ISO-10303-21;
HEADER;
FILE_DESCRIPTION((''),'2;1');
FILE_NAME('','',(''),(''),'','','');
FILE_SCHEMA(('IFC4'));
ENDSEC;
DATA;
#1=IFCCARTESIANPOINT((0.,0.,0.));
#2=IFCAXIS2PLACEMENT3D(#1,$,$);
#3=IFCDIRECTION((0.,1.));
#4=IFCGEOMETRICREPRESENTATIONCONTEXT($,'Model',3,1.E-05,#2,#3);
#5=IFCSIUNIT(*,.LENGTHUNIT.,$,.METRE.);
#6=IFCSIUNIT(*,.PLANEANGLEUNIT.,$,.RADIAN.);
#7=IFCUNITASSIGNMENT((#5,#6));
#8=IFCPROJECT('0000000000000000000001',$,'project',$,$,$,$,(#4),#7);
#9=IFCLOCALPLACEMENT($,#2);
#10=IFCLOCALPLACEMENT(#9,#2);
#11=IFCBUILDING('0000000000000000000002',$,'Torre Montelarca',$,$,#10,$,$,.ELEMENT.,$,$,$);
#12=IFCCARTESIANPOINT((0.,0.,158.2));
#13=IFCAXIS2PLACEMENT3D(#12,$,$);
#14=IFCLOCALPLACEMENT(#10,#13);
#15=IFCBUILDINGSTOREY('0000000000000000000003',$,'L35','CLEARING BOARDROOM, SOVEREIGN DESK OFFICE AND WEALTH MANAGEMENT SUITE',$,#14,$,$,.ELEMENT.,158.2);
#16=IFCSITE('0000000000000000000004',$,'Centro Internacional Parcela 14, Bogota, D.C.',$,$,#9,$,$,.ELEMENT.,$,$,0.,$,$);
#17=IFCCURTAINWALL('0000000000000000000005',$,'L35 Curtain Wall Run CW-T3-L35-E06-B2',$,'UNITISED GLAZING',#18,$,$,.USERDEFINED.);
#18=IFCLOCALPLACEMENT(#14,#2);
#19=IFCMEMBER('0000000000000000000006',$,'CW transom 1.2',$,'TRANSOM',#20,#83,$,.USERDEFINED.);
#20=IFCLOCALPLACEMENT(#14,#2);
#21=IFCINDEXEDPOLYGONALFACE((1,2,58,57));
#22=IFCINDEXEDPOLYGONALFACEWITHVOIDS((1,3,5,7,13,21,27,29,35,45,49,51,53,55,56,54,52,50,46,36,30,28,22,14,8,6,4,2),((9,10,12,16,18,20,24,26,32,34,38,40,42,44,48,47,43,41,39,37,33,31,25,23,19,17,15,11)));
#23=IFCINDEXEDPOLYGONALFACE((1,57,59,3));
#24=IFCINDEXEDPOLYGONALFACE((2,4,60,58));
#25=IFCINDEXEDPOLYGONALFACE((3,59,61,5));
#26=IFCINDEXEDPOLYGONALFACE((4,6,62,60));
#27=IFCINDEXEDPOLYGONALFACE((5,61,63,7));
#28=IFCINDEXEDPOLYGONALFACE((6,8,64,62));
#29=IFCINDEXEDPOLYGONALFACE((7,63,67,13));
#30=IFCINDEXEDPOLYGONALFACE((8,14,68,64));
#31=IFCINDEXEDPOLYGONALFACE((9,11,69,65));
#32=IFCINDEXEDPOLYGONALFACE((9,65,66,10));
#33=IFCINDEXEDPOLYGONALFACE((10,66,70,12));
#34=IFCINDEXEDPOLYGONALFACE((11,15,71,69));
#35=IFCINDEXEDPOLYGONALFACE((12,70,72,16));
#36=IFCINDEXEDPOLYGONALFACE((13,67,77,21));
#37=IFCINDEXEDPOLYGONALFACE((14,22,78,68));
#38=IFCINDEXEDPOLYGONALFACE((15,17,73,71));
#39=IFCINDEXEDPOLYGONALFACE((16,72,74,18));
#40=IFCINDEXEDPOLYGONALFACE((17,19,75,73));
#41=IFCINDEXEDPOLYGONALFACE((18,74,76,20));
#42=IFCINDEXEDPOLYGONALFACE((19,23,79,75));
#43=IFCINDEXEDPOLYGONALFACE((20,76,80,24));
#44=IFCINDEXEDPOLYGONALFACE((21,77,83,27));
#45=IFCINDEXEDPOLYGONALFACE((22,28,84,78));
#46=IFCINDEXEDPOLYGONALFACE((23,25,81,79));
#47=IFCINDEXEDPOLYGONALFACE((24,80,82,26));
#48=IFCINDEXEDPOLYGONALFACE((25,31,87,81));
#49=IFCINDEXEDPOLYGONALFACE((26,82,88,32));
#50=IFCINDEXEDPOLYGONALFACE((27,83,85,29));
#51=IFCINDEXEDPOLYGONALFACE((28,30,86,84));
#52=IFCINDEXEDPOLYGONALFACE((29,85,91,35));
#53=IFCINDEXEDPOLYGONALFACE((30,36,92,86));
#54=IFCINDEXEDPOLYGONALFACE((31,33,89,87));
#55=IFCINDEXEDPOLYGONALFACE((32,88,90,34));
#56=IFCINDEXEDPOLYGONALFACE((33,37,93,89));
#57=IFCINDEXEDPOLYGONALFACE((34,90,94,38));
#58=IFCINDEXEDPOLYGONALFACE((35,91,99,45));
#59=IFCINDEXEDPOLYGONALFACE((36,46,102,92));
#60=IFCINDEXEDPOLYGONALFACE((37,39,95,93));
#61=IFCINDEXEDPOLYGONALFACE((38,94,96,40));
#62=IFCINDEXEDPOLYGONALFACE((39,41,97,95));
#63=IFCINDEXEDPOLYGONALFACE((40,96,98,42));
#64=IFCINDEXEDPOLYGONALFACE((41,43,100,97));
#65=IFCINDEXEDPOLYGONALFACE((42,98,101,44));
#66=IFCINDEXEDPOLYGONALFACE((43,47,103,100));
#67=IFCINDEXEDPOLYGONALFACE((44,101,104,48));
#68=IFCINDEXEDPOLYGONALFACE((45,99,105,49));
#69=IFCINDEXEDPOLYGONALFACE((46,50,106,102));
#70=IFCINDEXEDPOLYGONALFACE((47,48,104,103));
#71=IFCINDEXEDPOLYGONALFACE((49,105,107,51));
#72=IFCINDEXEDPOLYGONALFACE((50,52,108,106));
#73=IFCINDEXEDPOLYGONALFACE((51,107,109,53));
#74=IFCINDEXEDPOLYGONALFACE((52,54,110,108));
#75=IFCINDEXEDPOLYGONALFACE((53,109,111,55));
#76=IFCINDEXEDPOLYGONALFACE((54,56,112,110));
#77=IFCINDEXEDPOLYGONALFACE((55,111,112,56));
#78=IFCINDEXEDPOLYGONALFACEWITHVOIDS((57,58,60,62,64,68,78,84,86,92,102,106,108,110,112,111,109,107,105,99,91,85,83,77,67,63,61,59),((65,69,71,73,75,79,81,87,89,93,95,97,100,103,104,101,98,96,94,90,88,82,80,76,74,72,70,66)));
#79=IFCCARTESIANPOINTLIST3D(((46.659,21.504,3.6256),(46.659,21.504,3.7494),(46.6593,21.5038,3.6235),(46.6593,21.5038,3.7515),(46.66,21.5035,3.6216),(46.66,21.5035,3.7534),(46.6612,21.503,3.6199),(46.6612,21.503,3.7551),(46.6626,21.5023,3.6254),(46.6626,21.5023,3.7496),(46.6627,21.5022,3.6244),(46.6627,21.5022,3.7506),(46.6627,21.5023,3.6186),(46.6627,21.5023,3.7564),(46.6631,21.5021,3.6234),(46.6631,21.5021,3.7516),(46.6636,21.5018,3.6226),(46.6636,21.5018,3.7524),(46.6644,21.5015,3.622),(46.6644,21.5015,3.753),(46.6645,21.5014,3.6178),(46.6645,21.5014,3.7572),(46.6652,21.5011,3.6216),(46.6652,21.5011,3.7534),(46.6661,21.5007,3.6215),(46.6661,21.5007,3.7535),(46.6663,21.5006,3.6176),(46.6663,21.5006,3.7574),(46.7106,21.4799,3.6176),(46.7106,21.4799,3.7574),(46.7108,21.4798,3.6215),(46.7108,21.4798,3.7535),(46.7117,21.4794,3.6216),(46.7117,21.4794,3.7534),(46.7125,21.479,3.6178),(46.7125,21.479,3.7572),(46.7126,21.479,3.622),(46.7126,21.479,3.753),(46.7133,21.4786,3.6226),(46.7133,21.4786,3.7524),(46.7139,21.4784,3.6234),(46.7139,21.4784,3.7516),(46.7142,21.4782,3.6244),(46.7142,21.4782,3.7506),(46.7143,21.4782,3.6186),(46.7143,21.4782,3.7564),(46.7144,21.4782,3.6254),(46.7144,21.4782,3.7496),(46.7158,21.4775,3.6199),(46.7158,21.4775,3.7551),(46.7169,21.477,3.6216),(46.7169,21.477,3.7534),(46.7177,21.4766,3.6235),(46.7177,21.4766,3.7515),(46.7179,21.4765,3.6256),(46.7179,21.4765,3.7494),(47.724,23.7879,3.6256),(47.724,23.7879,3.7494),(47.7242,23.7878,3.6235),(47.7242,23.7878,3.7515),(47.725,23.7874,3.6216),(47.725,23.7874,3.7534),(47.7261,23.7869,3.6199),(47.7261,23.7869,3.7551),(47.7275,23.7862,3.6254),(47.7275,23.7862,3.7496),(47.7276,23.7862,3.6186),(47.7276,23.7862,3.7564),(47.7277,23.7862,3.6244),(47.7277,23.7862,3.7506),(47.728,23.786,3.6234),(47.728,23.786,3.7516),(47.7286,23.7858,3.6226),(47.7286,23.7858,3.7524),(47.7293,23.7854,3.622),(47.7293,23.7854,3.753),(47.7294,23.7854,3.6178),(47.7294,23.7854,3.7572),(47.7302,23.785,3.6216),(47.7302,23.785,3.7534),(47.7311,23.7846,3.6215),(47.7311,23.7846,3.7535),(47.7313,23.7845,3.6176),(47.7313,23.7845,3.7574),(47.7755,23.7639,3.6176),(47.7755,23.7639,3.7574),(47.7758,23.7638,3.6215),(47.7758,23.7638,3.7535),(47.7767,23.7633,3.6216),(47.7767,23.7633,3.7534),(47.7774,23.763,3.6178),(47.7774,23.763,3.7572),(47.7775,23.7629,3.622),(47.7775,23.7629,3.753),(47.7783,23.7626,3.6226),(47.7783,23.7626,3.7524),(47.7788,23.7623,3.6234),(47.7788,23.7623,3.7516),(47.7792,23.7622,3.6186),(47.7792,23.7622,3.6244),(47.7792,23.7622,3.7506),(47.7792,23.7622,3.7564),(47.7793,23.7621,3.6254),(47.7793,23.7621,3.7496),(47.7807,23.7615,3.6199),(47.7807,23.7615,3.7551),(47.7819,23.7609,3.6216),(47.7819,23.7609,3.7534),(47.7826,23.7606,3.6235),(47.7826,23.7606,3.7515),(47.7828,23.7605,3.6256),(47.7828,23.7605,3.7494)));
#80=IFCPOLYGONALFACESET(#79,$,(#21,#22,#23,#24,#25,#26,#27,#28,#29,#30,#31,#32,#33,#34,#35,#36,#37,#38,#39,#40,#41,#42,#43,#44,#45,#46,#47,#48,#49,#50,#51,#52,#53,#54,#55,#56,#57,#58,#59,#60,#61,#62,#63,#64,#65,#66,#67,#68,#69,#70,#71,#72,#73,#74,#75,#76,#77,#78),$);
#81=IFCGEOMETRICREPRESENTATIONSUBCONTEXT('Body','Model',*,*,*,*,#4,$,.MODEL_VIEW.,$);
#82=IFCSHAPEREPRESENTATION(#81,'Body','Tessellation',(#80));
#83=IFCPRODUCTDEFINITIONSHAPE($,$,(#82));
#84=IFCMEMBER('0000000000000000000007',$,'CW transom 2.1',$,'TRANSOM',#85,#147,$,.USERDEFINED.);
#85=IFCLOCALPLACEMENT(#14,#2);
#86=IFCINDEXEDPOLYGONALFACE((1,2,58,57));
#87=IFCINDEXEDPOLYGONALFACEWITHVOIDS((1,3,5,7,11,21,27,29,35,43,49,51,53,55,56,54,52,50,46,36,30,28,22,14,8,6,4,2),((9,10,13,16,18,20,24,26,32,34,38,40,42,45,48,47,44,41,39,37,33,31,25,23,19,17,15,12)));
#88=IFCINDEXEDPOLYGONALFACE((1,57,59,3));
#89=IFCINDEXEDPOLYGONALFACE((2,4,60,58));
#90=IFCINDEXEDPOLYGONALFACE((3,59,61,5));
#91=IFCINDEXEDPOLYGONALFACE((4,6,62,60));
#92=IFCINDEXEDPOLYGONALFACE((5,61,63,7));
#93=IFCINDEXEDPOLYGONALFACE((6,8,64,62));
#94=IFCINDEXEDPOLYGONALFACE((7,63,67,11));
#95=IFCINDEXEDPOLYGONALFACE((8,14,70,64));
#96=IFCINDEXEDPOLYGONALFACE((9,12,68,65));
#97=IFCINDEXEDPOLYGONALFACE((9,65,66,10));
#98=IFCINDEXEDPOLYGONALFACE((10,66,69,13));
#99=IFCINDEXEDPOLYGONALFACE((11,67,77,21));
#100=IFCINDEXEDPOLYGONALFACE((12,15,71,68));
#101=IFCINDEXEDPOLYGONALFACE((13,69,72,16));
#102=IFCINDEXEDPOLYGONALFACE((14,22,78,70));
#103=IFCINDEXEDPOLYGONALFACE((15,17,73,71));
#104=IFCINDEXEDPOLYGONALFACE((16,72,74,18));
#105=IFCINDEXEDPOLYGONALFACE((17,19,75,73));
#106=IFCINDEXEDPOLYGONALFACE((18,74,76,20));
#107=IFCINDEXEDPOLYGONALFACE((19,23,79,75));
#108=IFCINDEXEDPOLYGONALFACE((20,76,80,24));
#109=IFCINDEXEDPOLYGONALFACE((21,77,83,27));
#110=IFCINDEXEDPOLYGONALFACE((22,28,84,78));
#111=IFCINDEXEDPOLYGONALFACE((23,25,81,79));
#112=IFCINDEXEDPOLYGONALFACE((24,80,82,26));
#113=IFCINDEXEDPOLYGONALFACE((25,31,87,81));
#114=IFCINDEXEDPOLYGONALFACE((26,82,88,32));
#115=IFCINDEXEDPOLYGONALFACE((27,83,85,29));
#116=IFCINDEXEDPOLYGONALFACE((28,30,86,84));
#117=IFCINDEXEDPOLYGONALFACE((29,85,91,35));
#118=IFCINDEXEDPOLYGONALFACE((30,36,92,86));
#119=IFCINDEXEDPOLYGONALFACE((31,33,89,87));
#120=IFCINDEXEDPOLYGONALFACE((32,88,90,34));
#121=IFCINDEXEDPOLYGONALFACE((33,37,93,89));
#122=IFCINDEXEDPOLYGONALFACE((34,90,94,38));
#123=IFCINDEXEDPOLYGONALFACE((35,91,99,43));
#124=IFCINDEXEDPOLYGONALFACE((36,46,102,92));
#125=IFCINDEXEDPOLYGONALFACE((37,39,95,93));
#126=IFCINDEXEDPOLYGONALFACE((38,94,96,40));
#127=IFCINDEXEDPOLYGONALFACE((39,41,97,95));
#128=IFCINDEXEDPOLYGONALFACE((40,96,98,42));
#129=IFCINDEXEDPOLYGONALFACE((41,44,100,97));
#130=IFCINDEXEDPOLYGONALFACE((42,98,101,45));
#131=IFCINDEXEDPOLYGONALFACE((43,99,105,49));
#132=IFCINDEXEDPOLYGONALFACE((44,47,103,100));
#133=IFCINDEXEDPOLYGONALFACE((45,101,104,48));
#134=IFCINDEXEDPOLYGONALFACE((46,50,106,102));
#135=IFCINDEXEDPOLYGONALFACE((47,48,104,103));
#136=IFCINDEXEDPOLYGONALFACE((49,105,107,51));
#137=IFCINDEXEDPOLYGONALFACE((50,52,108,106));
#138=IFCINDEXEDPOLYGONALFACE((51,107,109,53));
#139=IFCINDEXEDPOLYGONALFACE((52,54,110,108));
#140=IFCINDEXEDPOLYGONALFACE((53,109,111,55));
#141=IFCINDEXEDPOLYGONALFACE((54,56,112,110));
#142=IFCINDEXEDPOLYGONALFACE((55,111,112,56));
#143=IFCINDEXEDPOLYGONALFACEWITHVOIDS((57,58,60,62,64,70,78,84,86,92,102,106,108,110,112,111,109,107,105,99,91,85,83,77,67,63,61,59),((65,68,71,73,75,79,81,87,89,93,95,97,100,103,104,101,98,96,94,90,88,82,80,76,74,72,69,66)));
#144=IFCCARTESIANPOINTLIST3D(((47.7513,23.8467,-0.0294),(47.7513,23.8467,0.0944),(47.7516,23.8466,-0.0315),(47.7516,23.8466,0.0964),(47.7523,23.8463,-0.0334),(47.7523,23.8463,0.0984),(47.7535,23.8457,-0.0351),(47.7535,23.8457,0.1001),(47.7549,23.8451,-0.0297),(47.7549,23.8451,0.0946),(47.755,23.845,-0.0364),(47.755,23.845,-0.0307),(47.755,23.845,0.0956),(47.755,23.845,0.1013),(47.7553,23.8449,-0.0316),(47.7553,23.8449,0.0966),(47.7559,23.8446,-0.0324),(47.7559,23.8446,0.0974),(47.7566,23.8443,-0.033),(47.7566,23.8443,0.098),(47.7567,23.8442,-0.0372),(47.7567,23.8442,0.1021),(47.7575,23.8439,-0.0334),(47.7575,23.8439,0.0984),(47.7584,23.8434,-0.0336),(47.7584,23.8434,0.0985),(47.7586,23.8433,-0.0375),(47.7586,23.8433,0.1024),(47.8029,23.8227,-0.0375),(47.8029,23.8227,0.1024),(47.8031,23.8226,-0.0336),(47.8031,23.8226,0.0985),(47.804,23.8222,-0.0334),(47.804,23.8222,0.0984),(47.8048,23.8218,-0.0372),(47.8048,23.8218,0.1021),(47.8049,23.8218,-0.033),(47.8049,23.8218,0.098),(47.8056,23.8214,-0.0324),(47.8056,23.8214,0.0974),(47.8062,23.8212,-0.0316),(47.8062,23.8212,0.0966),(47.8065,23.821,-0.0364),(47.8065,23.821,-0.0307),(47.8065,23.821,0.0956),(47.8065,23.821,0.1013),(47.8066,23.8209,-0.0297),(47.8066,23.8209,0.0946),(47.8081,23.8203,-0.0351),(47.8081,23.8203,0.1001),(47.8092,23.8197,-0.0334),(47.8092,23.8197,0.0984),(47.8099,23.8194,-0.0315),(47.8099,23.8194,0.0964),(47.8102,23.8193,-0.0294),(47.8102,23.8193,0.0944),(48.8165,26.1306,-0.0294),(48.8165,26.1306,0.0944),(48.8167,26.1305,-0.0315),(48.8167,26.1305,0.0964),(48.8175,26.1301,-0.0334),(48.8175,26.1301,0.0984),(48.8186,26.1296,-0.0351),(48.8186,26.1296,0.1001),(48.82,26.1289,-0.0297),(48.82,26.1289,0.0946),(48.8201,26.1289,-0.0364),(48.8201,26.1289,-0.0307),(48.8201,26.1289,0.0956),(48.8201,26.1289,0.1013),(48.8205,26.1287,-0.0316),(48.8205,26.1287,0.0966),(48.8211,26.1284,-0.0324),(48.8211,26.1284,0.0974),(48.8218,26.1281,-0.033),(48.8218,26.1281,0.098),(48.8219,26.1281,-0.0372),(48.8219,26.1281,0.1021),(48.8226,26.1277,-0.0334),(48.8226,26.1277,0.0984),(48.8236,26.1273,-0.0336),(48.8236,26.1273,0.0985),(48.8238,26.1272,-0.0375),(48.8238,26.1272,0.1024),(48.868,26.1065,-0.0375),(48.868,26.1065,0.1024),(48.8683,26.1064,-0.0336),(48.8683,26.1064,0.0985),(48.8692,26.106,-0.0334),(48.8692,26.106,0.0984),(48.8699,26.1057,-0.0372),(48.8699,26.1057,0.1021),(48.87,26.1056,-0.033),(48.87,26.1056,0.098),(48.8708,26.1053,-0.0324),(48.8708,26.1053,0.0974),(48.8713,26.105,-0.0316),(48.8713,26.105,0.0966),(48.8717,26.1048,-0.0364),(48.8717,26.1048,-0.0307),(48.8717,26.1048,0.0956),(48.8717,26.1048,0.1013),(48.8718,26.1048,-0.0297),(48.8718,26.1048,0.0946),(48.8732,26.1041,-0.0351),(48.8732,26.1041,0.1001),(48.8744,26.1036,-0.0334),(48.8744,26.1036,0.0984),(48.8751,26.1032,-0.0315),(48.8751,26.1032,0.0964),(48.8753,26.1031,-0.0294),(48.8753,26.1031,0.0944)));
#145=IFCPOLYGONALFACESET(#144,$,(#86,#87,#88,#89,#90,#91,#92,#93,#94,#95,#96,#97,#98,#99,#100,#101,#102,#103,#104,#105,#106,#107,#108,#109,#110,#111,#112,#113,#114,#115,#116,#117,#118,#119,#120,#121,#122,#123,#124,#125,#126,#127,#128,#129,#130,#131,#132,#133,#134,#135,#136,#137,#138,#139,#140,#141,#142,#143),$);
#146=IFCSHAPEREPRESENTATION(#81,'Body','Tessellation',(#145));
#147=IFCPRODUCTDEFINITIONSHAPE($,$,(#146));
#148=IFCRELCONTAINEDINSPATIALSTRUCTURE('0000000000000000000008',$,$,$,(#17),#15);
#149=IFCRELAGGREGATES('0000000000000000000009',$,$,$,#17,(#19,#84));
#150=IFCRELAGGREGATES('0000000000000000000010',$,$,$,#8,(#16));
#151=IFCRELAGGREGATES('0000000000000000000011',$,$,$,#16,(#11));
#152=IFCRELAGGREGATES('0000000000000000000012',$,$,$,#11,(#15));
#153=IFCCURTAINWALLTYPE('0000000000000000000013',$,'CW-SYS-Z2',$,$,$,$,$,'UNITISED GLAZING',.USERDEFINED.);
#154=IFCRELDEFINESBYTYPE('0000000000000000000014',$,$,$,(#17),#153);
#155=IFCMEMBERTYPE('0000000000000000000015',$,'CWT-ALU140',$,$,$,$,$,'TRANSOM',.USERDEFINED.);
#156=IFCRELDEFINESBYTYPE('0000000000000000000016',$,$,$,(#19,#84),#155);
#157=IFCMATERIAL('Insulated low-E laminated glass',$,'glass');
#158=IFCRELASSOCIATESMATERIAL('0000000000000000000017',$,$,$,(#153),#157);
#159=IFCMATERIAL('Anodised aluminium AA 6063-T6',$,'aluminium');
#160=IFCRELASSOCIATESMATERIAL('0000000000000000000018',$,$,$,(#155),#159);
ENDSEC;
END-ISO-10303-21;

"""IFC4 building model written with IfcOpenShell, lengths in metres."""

from ifc_helpers import new_model, si_unit, direction, frame, origin, origin_2d, place, context, subcontext, project, spatial, hollow_rectangle, extrude, source, transform, mapped, material, material_profile, profile_set, type_object, element, aggregate, save


model = new_model("IFC4")

# Units and contexts
model_context = context("Model", 3, precision=1e-05, world=origin(), true_north=direction((0.0, 1.0)))
body_context = subcontext(model_context, "Body", "Model", "MODEL_VIEW")
ifc_project = project(units=[si_unit("LENGTHUNIT", "METRE"), si_unit("PLANEANGLEUNIT", "RADIAN")], contexts=[model_context])

# Site, building, storey
site_placement = place(None, origin())
site = spatial("IfcSite", under=ifc_project, at=site_placement, Name="Centro Internacional Parcela 14, Bogota, D.C.", CompositionType="ELEMENT", RefElevation=0.0)
building_placement = place(site_placement, origin())
building = spatial("IfcBuilding", under=site, at=building_placement, Name="Torre Montelarca", CompositionType="ELEMENT")
storey_placement = place(building_placement, frame((0.0, 0.0, 158.2)))
storey = spatial("IfcBuildingStorey", under=building, at=storey_placement, Name="L35", Description="CLEARING BOARDROOM, SOVEREIGN DESK OFFICE AND WEALTH MANAGEMENT SUITE", CompositionType="ELEMENT", Elevation=158.2)

# Curtain wall
ifc_material_1 = material(Name="Insulated low-E laminated glass", Category="glass")
curtain_wall_type = type_object("IfcCurtainWallType", Name="CW-SYS-Z2", ElementType="UNITISED GLAZING", PredefinedType="USERDEFINED", material=ifc_material_1)
ifc_material_2 = material(Name="Anodised aluminium AA 6063-T6", Category="aluminium")
ifc_material_profile_1 = material_profile(ifc_material_2, hollow_rectangle(XDim=0.0649, YDim=0.1399, WallThickness=0.0039, InnerFilletRadius=0.0039, OuterFilletRadius=0.0081, at=origin_2d()), Name="ALU65X140X4", Category="aluminium")
ifc_profile_set_1 = profile_set([ifc_material_profile_1], Name="Anodised aluminium AA 6063-T6")
member_type_1 = type_object("IfcMemberType", Name="CWT-ALU140", ElementType="TRANSOM", PredefinedType="USERDEFINED", material=ifc_profile_set_1)
curtain_wall_1_placement = place(storey_placement, origin())
curtain_wall_1 = element("IfcCurtainWall", 1, at=curtain_wall_1_placement, inside=storey, type_object=curtain_wall_type, Name="L35 Curtain Wall Run CW-T3-L35-E06-B2", ObjectType="UNITISED GLAZING", PredefinedType="USERDEFINED")

# Members
shared_shape_1 = source(origin(), body_context, "Body", "SweptSolid", [
    extrude(hollow_rectangle(XDim=0.0649, YDim=0.1399, WallThickness=0.0039, InnerFilletRadius=0.0039, OuterFilletRadius=0.0081, at=origin_2d()), origin(), (0.0, 0.0, 1.0), 2.52),
])
member_1_placement = place(storey_placement, frame((46.6885, 21.4902, 3.6875), z_axis=(0.422594, 0.906319, 0.0), x_axis=(-0.906319, 0.422594, 0.0)))
member_1 = element("IfcMember", 2, at=member_1_placement, type_object=member_type_1, Name="CW transom 1.2", ObjectType="TRANSOM", PredefinedType="USERDEFINED", context=body_context, shape_type="MappedRepresentation", body=[
    mapped(shared_shape_1, transform((0.0, 0.0, 0.0), scale=1.0)),
])
member_2_placement = place(storey_placement, frame((47.7808, 23.833, 0.0325), z_axis=(0.422673, 0.906282, 0.0), x_axis=(-0.906282, 0.422673, 0.0)))
member_2 = element("IfcMember", 3, at=member_2_placement, type_object=member_type_1, Name="CW transom 2.1", ObjectType="TRANSOM", PredefinedType="USERDEFINED", context=body_context, shape_type="MappedRepresentation", body=[
    mapped(shared_shape_1, transform((0.0, 0.0, 0.0), scale=1.0)),
])

aggregate(curtain_wall_1, [member_1, member_2])

save(model, "model.ifc")
